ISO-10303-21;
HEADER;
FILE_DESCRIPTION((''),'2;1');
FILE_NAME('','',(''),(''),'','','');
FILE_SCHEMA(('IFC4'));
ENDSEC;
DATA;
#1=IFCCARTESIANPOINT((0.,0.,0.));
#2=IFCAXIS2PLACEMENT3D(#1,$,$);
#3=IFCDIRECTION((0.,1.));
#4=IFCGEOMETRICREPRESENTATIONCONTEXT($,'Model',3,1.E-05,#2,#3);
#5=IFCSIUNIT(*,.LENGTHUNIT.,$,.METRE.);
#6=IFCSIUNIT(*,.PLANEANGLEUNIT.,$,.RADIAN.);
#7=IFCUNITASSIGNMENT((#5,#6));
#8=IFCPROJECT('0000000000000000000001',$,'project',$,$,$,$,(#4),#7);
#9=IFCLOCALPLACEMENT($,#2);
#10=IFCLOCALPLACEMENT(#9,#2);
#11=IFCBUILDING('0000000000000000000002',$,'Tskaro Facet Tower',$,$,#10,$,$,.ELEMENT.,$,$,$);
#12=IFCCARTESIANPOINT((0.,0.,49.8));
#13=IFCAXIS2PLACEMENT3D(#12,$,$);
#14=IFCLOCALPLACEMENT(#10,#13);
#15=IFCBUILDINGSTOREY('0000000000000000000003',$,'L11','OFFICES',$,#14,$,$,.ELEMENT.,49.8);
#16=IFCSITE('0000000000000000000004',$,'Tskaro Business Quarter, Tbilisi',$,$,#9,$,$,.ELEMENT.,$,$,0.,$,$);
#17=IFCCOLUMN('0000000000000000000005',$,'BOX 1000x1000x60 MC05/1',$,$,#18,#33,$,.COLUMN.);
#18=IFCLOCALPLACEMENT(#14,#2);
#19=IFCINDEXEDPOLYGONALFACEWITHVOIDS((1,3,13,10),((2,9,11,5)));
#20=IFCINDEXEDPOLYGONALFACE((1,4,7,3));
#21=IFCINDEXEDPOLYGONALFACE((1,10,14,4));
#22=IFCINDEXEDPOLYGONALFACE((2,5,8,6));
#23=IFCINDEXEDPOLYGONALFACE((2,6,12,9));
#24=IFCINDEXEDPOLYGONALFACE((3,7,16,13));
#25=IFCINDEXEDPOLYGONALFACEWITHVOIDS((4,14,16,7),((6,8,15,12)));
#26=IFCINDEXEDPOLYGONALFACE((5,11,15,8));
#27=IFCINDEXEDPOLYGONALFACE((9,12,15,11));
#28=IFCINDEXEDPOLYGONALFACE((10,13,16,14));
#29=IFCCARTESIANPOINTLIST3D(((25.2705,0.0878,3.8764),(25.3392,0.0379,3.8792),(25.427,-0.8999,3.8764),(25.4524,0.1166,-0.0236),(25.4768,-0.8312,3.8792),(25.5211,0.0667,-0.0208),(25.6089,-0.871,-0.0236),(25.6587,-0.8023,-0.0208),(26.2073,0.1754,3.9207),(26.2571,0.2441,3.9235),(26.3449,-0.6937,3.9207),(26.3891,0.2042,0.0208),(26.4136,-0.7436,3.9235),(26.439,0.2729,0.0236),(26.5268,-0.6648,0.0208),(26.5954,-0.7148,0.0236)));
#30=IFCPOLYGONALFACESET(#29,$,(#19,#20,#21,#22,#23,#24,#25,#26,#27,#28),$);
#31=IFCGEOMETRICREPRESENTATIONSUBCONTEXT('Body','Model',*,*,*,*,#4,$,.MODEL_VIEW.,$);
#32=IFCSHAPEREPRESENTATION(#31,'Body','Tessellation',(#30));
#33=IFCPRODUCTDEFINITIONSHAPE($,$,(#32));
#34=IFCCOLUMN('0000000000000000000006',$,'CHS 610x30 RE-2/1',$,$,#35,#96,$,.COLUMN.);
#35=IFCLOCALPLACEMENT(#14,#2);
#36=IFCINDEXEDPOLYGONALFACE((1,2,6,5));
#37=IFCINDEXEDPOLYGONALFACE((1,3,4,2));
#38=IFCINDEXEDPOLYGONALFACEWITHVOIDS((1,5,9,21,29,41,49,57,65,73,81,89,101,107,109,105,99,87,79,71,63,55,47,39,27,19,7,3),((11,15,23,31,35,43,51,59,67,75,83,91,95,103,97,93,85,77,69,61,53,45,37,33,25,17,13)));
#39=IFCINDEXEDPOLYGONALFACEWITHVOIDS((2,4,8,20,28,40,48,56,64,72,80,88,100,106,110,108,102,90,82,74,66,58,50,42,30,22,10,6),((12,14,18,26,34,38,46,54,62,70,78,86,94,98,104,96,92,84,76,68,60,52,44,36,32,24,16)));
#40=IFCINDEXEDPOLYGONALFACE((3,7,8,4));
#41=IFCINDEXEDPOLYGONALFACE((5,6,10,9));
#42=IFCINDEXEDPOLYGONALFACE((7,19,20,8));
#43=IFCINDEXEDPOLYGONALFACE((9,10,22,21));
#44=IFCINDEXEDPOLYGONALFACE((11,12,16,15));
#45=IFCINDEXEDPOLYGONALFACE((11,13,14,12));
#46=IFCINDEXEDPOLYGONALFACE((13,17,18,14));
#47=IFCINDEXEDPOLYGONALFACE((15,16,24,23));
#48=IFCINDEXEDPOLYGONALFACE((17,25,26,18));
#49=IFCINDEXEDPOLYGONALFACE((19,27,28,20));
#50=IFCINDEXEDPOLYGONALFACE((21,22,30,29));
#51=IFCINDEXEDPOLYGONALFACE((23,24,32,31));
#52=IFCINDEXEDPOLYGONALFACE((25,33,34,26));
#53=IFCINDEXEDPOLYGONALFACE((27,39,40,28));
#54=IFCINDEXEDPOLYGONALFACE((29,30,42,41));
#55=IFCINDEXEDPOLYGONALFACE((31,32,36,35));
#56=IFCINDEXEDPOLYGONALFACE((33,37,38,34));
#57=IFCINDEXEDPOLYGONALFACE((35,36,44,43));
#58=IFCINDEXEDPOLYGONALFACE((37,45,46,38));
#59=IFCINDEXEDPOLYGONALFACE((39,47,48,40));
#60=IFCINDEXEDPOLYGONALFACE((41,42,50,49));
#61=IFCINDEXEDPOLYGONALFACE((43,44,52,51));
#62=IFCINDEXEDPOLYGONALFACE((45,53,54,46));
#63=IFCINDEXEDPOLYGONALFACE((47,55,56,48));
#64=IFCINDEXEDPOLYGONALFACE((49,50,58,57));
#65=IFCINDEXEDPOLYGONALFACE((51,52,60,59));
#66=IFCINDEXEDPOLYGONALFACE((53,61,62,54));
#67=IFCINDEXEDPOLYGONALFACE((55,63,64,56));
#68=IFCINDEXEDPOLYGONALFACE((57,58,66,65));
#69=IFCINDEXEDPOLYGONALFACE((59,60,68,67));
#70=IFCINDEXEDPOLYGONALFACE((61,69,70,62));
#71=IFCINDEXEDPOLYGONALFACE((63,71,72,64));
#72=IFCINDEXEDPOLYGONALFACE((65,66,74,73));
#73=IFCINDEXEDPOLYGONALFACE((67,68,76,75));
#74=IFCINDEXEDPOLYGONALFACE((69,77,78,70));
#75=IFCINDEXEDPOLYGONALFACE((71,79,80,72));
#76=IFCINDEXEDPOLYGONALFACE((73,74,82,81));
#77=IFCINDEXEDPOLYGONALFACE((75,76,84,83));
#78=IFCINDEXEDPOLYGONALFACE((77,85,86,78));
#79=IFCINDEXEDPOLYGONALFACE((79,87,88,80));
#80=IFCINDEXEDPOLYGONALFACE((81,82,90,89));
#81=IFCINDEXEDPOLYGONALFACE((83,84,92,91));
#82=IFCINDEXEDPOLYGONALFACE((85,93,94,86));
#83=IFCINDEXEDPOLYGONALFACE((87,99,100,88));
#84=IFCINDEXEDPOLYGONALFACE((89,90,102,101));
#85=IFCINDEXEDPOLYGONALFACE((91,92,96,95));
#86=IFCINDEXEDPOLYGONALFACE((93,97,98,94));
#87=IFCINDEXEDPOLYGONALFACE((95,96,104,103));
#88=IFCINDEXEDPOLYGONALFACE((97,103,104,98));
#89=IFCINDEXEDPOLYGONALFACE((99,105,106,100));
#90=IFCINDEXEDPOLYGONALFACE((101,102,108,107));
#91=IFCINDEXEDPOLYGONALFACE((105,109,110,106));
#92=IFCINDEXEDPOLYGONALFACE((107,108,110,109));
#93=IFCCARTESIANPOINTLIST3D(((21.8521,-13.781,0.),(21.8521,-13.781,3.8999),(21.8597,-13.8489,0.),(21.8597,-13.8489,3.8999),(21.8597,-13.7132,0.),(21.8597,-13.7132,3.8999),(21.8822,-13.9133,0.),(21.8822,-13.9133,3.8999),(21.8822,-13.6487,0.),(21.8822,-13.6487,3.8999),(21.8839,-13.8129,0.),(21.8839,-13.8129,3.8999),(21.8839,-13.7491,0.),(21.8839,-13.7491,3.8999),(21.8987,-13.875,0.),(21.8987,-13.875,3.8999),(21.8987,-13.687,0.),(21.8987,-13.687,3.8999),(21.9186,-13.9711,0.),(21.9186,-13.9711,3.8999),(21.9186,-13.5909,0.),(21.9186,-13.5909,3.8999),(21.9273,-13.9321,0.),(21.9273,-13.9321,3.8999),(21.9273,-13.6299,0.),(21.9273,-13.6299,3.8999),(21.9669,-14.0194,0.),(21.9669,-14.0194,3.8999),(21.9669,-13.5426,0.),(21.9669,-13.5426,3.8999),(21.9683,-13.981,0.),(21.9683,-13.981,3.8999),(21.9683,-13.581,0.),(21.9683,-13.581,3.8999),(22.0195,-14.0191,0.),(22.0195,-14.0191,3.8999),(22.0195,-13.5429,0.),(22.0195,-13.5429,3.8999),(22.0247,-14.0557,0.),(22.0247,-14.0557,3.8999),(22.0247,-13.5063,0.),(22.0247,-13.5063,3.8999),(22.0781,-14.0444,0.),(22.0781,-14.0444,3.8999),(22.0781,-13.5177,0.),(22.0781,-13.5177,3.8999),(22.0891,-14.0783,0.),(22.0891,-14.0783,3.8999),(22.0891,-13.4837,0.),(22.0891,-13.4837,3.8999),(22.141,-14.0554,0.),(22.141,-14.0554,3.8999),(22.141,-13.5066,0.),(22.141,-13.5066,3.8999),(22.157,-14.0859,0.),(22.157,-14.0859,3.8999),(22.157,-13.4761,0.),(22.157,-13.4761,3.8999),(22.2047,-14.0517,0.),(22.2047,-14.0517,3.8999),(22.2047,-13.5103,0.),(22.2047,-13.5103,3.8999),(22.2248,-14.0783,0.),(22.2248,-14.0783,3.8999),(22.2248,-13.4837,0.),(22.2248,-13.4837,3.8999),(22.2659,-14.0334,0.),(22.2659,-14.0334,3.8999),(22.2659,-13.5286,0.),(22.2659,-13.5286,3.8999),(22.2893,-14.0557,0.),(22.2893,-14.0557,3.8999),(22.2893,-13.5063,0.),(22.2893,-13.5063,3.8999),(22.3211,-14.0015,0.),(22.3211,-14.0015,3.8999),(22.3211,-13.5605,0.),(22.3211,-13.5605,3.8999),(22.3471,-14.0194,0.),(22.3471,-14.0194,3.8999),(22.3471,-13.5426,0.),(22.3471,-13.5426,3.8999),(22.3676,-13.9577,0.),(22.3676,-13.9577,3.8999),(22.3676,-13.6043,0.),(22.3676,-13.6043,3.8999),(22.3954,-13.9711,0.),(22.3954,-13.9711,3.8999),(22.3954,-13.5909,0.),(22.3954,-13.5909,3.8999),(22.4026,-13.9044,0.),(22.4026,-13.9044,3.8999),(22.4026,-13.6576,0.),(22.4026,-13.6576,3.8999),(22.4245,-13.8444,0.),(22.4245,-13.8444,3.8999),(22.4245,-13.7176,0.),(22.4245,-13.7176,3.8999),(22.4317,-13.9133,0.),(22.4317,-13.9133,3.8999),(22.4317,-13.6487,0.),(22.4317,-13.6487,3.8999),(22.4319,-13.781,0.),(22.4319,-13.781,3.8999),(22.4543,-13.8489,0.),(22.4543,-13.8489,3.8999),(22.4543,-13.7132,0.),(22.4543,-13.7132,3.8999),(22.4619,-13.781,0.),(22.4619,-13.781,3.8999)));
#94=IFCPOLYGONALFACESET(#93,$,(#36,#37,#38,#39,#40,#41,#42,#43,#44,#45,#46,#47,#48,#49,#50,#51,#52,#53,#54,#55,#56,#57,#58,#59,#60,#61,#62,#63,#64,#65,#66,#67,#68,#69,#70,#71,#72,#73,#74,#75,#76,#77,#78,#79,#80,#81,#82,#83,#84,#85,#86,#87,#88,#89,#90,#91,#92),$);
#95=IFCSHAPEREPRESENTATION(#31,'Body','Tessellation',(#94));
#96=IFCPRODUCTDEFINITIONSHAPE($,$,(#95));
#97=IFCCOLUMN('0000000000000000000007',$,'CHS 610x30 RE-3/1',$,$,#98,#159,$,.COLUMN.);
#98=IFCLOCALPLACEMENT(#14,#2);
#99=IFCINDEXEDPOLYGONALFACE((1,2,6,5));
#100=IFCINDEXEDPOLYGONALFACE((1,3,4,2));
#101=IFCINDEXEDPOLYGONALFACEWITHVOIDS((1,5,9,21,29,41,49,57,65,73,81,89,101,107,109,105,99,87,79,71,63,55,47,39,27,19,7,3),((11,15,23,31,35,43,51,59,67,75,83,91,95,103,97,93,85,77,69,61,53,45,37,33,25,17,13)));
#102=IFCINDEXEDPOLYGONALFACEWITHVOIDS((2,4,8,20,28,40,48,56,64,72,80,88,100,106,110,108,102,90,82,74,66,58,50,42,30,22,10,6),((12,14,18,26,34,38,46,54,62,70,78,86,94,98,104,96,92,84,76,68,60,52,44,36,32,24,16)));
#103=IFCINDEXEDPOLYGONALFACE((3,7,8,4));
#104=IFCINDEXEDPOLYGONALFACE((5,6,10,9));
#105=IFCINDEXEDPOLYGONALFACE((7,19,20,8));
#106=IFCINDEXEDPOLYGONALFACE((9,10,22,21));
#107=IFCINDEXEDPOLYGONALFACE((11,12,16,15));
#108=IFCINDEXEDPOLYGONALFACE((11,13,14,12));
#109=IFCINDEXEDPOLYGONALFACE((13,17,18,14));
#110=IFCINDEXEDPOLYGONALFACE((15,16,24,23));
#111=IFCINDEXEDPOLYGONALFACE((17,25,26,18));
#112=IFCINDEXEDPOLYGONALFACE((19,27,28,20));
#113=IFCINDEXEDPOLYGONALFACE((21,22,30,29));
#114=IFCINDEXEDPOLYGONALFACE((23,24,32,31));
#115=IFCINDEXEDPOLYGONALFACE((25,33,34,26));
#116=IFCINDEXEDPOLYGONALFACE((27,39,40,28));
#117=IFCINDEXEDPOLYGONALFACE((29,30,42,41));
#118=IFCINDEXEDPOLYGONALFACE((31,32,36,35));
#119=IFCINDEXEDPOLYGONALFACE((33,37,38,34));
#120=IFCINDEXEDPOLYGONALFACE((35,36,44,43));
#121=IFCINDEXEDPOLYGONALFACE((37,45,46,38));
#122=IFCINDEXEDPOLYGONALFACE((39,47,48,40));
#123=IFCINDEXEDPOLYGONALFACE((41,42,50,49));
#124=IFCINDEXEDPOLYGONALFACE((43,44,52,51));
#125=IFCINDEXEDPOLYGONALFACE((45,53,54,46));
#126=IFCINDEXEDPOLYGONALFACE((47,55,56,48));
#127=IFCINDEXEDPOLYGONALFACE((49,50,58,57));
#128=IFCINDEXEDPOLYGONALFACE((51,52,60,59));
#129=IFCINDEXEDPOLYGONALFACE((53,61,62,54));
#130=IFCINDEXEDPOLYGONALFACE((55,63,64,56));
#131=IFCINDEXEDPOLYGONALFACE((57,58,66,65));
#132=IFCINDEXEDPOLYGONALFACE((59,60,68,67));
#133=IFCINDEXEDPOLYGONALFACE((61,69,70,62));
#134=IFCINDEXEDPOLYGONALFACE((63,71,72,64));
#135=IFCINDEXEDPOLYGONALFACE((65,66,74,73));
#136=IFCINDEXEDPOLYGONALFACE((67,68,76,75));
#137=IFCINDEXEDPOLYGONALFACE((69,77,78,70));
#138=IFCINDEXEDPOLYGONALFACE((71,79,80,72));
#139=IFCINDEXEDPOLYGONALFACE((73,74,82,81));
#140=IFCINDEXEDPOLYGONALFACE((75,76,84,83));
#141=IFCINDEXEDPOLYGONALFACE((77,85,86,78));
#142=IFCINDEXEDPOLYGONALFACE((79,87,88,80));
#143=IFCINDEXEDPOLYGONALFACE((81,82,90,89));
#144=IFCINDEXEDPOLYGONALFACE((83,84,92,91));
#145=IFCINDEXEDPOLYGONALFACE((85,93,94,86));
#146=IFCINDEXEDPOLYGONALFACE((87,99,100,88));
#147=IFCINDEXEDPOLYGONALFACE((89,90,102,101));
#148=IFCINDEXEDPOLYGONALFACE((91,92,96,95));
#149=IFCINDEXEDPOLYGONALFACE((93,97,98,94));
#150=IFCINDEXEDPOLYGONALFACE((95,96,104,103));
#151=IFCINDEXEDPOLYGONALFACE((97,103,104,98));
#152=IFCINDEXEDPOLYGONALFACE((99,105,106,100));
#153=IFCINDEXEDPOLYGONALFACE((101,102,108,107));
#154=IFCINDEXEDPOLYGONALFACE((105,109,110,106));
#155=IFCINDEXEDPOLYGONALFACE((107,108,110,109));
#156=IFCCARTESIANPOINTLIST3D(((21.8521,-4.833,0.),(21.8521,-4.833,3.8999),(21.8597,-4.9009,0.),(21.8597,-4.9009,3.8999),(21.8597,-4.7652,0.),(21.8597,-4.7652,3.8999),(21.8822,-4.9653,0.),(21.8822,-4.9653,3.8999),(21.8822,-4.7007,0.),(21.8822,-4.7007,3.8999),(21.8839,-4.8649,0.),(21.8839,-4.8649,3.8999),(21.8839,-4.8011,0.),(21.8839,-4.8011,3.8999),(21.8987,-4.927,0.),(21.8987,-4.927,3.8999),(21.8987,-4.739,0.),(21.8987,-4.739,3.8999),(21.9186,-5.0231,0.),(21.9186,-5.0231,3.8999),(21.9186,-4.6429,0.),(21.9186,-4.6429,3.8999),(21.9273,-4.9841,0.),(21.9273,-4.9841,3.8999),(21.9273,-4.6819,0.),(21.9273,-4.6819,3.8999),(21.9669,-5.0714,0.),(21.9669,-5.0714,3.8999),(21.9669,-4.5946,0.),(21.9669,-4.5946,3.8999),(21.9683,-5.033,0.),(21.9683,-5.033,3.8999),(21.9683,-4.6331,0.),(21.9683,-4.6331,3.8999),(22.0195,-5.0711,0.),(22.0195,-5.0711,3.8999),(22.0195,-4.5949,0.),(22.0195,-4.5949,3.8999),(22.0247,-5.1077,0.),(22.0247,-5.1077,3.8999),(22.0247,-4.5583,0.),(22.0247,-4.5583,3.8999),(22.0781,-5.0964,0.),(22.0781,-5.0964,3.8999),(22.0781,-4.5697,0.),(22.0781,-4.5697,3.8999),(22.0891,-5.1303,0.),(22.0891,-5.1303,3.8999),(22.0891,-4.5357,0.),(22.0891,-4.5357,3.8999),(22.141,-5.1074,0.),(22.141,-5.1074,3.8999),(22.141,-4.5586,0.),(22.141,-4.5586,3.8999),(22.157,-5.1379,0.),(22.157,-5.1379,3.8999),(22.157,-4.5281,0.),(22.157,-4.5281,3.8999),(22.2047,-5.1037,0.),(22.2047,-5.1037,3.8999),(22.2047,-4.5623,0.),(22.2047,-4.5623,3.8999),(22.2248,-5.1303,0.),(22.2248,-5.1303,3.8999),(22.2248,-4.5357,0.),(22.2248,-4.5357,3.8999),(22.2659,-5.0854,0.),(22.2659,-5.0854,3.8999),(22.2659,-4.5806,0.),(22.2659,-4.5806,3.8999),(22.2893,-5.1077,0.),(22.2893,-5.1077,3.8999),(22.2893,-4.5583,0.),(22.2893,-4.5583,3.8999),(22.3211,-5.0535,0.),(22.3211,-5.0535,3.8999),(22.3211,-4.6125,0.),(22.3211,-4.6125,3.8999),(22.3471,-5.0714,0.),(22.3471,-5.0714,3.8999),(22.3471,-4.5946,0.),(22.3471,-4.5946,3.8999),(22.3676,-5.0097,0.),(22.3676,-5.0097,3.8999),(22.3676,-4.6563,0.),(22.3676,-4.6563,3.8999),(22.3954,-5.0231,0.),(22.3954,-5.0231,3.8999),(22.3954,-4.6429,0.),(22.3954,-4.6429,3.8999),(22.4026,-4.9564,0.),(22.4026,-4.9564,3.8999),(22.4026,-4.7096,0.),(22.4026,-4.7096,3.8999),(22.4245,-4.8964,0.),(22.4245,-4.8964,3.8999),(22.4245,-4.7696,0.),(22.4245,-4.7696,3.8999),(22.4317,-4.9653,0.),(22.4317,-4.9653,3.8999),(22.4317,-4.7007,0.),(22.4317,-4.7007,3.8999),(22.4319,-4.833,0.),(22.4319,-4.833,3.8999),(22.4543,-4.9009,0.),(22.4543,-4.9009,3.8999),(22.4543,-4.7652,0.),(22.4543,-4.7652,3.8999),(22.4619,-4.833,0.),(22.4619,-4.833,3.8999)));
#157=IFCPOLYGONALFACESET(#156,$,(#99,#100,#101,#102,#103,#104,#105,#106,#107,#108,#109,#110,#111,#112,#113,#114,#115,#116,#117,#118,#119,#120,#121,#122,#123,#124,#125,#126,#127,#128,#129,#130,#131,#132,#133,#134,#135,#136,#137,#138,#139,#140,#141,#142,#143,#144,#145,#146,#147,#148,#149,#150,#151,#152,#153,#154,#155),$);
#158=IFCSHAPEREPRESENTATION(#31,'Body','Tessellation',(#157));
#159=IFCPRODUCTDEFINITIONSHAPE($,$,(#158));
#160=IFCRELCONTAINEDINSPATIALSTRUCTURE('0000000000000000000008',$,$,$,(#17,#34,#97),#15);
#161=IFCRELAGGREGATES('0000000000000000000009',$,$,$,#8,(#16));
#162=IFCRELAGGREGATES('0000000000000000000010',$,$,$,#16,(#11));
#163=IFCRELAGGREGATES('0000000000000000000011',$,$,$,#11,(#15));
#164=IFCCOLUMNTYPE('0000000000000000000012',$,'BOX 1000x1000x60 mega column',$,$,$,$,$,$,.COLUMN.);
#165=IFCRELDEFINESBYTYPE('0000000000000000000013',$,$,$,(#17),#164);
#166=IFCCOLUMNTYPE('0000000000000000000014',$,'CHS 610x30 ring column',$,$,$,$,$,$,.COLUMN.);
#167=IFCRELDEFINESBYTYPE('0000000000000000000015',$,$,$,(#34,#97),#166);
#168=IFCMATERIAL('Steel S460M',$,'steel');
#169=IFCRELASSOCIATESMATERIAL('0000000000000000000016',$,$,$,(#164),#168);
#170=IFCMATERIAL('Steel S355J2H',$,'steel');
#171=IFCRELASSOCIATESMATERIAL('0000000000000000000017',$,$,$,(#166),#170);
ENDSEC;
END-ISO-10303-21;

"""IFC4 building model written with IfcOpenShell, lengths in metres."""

from ifc_helpers import new_model, si_unit, direction, frame, origin, origin_2d, place, context, subcontext, project, spatial, hollow_rectangle, hollow_circle, extrude, material, material_profile, profile_set, type_object, element, save


model = new_model("IFC4")

# Units and contexts
model_context = context("Model", 3, precision=1e-05, world=origin(), true_north=direction((0.0, 1.0)))
body_context = subcontext(model_context, "Body", "Model", "MODEL_VIEW")
ifc_project = project(units=[si_unit("LENGTHUNIT", "METRE"), si_unit("PLANEANGLEUNIT", "RADIAN")], contexts=[model_context])

# Site, building, storey
site_placement = place(None, origin())
site = spatial("IfcSite", under=ifc_project, at=site_placement, Name="Tskaro Business Quarter, Tbilisi", CompositionType="ELEMENT", RefElevation=0.0)
building_placement = place(site_placement, origin())
building = spatial("IfcBuilding", under=site, at=building_placement, Name="Tskaro Facet Tower", CompositionType="ELEMENT")
storey_placement = place(building_placement, frame((0.0, 0.0, 49.8)))
storey = spatial("IfcBuildingStorey", under=building, at=storey_placement, Name="L11", Description="OFFICES", CompositionType="ELEMENT", Elevation=49.8)

# Columns
ifc_material_1 = material(Name="Steel S460M", Category="steel")
ifc_material_profile_1 = material_profile(ifc_material_1, hollow_rectangle(XDim=1.0, YDim=1.0, WallThickness=0.0601, at=origin_2d()), Name="BOX 1000x1000x60")
ifc_profile_set_1 = profile_set([ifc_material_profile_1], Name="Steel S460M")
column_type_1 = type_object("IfcColumnType", Name="BOX 1000x1000x60 mega column", PredefinedType="COLUMN", material=ifc_profile_set_1)
column_1_placement = place(storey_placement, frame((26.0239, -0.2991, 0.0), z_axis=(-0.046586, -0.007379, 0.998887), x_axis=(0.156439, -0.987688, 0.0)))
element("IfcColumn", 1, at=column_1_placement, inside=storey, type_object=column_type_1, Name="BOX 1000x1000x60 MC05/1", PredefinedType="COLUMN", context=body_context, shape_type="SweptSolid", body=[
    extrude(hollow_rectangle(XDim=1.0, YDim=1.0, WallThickness=0.0601, at=origin_2d()), origin(), (0.0, 0.0, 1.0), 3.9043),
])
ifc_material_2 = material(Name="Steel S355J2H", Category="steel")
ifc_material_profile_2 = material_profile(ifc_material_2, hollow_circle(Radius=0.3049, WallThickness=0.03, at=origin_2d()), Name="CHS 610x30")
ifc_profile_set_2 = profile_set([ifc_material_profile_2], Name="Steel S355J2H")
column_type_2 = type_object("IfcColumnType", Name="CHS 610x30 ring column", PredefinedType="COLUMN", material=ifc_profile_set_2)
for number, where, z_axis, x_axis, name in (
    (2, (22.157, -13.781, 0.0), (0.0, 0.0, 1.0), (1.0, 0.0, 0.0), "CHS 610x30 RE-2/1"),
    (3, (22.157, -4.833, 0.0), (0.0, 0.0, 1.0), (1.0, 0.0, 0.0), "CHS 610x30 RE-3/1"),
):
    element("IfcColumn", number, at=place(storey_placement, frame(where, z_axis=z_axis, x_axis=x_axis)), inside=storey, type_object=column_type_2, Name=name, PredefinedType="COLUMN", context=body_context, shape_type="SweptSolid", body=[
        extrude(hollow_circle(Radius=0.3049, WallThickness=0.03, at=origin_2d()), origin(), (0.0, 0.0, 1.0), 3.8999),
    ])

save(model, "model.ifc")
